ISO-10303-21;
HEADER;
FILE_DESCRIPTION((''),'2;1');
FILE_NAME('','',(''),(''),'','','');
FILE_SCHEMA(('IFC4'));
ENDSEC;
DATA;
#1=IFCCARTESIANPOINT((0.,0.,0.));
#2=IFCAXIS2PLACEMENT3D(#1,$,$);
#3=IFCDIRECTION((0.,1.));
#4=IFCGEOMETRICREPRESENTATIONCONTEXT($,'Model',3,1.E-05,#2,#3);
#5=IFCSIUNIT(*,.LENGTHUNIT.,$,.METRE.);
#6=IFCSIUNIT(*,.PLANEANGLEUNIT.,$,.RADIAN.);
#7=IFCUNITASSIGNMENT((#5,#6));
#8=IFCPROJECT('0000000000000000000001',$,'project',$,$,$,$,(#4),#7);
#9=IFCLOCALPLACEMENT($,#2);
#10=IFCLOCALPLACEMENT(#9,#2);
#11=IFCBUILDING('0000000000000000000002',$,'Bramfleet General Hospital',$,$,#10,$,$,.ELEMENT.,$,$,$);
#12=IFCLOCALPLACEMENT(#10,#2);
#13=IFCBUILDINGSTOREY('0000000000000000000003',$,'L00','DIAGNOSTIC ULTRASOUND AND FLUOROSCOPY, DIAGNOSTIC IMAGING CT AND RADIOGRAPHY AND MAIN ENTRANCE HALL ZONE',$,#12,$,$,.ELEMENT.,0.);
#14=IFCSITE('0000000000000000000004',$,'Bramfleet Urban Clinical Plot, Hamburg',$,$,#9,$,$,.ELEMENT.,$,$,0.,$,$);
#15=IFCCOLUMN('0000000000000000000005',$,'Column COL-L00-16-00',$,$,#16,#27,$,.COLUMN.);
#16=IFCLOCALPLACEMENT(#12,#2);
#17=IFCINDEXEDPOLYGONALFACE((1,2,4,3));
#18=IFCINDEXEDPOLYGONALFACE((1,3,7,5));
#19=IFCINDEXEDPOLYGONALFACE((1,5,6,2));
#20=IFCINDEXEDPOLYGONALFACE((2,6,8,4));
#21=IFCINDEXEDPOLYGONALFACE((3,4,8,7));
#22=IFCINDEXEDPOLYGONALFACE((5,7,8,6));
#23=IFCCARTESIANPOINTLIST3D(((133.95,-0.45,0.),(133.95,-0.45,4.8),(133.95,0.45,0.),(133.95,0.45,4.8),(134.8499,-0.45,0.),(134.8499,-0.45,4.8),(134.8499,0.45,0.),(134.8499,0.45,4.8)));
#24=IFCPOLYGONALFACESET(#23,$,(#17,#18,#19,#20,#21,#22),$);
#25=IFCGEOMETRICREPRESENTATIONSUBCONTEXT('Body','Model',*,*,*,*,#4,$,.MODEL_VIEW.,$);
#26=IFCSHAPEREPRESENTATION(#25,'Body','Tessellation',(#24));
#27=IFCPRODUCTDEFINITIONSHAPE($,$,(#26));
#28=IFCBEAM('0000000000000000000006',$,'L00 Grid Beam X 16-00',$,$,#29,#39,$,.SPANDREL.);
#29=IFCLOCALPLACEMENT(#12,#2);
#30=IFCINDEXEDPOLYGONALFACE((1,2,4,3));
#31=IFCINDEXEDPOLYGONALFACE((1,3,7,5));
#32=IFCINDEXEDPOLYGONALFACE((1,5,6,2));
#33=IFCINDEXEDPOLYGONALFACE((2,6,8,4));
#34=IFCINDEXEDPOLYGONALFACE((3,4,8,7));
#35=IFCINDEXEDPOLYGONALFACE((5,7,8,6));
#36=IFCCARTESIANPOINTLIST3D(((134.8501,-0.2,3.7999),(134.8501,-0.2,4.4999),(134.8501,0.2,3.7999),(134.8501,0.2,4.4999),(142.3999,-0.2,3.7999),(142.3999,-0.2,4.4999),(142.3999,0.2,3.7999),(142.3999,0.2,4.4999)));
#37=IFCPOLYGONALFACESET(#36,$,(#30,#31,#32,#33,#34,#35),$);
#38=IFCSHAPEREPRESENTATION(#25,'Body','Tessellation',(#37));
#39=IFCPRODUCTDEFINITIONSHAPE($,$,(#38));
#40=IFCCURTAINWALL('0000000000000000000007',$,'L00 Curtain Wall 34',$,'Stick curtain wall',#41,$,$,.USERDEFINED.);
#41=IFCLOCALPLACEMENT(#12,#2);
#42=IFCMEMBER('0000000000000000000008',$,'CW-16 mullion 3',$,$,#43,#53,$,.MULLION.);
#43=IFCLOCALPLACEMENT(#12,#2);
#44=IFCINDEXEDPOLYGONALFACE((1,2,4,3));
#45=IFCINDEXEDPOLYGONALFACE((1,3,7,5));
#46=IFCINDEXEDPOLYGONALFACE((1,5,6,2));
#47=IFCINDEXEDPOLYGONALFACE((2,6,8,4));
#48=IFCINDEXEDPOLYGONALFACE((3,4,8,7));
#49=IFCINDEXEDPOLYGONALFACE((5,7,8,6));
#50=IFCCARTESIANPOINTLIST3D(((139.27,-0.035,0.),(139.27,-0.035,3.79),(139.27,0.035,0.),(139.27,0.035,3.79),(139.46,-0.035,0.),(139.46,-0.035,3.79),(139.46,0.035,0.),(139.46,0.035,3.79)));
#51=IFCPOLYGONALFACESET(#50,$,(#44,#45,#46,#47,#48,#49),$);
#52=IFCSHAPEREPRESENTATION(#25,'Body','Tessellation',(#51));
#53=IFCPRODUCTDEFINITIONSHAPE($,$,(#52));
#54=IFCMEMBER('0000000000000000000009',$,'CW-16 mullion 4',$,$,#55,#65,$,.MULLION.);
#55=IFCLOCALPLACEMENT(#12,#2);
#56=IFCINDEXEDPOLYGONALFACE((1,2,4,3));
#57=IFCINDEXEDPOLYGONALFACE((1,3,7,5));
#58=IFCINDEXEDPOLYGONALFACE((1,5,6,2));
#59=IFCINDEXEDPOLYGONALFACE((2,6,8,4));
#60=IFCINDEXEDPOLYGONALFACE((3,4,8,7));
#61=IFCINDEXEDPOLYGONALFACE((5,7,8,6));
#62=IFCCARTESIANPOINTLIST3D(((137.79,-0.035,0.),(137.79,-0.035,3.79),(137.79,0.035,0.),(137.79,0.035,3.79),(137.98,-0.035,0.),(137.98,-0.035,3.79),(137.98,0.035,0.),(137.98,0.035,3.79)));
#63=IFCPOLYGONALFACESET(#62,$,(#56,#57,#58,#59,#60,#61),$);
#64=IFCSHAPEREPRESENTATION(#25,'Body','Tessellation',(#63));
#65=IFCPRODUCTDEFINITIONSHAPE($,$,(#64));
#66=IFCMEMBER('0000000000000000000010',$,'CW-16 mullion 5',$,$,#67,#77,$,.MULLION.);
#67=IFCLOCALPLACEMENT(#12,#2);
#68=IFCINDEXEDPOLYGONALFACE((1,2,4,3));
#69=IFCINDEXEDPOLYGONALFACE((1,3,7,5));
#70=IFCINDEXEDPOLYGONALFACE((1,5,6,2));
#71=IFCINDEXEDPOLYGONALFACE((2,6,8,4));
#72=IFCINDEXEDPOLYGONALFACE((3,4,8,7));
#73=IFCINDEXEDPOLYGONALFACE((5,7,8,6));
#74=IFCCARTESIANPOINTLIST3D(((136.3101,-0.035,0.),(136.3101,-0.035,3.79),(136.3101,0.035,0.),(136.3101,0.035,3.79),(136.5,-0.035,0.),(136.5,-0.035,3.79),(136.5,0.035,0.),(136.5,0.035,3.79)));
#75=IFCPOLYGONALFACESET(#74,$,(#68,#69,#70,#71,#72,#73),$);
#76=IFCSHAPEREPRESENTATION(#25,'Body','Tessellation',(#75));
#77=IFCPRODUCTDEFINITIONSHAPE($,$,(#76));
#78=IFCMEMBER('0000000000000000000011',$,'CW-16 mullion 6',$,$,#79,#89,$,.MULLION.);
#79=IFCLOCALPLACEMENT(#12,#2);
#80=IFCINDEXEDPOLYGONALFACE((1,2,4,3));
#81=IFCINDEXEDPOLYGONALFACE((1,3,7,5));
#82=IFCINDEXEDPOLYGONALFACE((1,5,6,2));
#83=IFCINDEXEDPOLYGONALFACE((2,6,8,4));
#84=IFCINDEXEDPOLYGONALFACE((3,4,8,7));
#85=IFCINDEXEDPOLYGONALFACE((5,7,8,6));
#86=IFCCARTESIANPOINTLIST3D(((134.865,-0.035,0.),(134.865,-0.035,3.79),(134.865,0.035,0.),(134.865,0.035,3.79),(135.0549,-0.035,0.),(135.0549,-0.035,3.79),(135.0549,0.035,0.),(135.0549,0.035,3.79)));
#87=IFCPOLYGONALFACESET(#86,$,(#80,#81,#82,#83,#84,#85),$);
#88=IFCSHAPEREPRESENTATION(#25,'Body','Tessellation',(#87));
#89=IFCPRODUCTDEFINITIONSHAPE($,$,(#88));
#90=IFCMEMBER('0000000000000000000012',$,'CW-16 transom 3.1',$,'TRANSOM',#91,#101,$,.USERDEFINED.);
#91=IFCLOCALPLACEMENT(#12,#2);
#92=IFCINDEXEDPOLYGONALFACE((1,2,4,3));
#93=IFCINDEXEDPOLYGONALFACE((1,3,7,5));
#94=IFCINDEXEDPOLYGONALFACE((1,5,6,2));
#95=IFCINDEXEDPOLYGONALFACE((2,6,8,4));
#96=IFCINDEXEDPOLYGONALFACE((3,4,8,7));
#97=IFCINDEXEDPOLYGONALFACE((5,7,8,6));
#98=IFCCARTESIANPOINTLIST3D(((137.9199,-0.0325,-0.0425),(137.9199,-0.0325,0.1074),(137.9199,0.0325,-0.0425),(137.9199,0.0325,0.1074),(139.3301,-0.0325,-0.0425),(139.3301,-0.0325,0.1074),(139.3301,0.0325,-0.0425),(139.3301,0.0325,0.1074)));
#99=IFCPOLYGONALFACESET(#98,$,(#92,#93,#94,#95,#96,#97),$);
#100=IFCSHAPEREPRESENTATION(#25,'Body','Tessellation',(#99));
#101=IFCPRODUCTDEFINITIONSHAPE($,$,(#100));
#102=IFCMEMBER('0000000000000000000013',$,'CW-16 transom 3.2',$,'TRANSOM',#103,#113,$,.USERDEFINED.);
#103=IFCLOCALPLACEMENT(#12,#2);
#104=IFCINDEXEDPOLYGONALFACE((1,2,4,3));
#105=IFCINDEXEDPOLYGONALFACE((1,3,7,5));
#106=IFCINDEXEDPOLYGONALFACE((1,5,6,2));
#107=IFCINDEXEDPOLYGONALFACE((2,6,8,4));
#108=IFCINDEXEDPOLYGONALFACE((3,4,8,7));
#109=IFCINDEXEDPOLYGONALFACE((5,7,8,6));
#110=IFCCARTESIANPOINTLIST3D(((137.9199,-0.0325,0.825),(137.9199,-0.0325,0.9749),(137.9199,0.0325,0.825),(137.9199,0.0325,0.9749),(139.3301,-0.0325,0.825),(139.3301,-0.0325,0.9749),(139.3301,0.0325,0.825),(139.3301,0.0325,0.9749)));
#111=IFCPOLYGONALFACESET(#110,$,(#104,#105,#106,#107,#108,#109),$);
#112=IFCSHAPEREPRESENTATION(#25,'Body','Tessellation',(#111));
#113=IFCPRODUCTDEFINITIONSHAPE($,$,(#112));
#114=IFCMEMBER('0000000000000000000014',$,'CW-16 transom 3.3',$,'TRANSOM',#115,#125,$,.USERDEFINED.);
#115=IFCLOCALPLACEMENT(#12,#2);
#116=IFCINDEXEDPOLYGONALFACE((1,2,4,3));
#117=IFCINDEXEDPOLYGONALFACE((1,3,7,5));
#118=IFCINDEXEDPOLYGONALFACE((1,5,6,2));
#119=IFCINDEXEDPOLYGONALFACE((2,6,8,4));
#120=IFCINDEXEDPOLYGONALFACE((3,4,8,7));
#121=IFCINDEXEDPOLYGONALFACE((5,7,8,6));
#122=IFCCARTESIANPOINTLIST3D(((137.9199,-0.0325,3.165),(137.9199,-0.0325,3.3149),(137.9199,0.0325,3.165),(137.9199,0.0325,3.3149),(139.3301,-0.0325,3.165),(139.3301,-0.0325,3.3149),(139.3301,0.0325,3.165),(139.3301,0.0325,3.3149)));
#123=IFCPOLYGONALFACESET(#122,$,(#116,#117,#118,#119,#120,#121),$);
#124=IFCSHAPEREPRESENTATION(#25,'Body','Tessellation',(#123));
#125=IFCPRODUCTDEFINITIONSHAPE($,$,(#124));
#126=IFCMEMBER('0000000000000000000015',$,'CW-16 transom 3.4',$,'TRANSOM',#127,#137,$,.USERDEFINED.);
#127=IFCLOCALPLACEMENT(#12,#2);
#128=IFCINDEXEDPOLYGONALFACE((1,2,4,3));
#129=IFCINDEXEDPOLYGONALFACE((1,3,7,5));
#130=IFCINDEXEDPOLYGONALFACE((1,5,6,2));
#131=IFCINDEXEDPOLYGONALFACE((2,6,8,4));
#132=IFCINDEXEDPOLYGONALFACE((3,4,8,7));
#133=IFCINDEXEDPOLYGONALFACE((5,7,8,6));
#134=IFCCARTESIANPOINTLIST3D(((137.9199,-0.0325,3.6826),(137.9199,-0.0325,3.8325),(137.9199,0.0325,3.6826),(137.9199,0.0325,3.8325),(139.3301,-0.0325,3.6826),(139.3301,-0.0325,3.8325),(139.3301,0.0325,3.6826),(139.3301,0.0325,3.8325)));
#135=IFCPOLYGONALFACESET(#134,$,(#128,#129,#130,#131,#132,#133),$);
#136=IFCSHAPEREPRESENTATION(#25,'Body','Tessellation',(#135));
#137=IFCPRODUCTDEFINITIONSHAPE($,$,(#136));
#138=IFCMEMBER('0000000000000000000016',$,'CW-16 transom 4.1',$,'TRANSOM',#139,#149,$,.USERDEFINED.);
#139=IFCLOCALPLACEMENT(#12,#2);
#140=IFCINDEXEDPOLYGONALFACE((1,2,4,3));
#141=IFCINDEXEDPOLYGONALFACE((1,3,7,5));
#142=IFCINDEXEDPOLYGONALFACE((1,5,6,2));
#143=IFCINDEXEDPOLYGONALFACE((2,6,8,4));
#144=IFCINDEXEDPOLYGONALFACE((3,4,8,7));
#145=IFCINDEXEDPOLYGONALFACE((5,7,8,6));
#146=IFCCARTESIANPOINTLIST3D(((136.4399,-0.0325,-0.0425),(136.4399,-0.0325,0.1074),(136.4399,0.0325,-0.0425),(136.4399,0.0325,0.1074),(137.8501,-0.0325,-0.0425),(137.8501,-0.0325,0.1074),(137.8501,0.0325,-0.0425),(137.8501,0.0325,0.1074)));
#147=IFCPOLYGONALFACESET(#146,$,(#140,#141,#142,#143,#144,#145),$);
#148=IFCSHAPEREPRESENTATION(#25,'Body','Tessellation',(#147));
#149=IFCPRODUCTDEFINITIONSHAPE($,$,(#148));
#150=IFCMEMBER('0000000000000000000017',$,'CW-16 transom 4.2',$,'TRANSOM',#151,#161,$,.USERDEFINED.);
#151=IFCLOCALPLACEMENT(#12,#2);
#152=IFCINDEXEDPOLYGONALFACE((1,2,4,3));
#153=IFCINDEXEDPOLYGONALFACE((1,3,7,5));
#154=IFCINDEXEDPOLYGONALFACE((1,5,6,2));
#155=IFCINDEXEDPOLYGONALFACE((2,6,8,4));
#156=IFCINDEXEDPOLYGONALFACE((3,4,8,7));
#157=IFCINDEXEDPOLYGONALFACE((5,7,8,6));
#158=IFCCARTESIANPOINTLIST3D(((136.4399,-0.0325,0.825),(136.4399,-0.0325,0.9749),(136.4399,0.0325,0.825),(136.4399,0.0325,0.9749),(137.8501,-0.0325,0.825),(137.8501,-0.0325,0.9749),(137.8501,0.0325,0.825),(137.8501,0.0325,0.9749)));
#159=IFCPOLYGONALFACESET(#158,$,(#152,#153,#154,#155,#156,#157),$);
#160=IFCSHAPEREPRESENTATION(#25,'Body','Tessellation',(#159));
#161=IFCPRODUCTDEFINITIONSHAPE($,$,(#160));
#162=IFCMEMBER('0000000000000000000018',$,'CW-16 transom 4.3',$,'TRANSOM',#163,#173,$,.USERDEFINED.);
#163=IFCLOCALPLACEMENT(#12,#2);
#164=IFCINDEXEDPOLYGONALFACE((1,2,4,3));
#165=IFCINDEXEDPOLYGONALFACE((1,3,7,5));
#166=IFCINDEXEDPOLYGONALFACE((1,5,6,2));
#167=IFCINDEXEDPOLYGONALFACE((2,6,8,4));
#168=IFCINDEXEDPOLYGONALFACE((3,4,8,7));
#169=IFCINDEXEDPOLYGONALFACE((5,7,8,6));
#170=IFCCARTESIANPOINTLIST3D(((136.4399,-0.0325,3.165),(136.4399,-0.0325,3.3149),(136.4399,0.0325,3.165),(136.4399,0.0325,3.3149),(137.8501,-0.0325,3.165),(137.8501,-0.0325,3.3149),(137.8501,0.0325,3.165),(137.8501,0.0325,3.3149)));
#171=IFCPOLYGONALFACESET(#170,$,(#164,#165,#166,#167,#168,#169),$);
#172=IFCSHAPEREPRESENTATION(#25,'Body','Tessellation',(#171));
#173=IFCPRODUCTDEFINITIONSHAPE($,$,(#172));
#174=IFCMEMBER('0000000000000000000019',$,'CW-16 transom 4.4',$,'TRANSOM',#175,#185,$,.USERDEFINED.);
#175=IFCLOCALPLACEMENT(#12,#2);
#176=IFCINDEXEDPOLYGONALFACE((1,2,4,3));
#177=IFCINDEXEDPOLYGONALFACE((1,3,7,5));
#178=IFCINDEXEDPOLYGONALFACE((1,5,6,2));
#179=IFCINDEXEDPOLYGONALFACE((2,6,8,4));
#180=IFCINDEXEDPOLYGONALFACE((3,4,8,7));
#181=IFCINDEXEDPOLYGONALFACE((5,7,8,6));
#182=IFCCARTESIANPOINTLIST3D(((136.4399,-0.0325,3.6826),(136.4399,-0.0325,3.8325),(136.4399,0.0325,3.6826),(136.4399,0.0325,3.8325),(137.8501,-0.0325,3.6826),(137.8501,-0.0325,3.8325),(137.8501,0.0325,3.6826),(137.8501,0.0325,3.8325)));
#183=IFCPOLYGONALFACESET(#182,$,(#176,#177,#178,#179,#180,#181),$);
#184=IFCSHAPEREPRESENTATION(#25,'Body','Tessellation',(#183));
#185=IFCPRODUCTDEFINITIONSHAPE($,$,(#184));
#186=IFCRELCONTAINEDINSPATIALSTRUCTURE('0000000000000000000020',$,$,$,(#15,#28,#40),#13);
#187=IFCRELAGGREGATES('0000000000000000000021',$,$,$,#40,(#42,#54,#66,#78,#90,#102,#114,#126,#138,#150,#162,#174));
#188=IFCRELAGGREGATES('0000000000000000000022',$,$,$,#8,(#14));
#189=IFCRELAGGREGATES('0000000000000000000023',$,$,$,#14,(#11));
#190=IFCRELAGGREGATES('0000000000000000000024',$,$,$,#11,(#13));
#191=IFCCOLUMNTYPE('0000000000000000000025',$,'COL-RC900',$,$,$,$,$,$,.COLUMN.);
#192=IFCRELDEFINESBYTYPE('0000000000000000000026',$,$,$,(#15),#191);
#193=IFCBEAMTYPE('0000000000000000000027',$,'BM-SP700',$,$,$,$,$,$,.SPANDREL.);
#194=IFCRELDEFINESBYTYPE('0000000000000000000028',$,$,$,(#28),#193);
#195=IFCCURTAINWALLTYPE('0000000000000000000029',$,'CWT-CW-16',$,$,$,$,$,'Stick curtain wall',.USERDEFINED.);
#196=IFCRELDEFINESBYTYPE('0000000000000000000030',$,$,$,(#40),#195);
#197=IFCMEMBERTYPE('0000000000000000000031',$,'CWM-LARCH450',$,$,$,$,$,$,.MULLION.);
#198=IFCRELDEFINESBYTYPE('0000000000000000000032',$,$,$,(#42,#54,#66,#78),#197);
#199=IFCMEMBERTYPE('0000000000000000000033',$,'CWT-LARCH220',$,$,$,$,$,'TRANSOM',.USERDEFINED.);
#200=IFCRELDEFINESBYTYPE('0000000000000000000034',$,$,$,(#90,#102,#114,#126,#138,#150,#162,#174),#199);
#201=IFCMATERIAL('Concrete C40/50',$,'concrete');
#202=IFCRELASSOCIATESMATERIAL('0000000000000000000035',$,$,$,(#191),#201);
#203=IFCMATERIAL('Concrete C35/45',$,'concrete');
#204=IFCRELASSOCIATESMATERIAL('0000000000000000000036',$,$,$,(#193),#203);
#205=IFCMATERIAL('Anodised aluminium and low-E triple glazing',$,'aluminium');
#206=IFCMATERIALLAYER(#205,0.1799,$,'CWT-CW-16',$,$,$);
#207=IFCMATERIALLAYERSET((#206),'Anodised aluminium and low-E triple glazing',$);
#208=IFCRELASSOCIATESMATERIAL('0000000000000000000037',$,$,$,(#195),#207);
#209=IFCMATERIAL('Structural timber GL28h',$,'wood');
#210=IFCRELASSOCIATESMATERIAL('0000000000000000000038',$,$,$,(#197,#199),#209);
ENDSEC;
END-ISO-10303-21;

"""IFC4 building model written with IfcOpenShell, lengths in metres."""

from ifc_helpers import new_model, si_unit, direction, frame, origin, origin_2d, place, context, subcontext, project, spatial, rectangle, extrude, material, layer, layer_set, material_profile, profile_set, type_object, element, aggregate, save


model = new_model("IFC4")

# Units and contexts
model_context = context("Model", 3, precision=1e-05, world=origin(), true_north=direction((0.0, 1.0)))
body_context = subcontext(model_context, "Body", "Model", "MODEL_VIEW")
ifc_project = project(units=[si_unit("LENGTHUNIT", "METRE"), si_unit("PLANEANGLEUNIT", "RADIAN")], contexts=[model_context])

# Site, building, storey
site_placement = place(None, origin())
site = spatial("IfcSite", under=ifc_project, at=site_placement, Name="Bramfleet Urban Clinical Plot, Hamburg", CompositionType="ELEMENT", RefElevation=0.0)
building_placement = place(site_placement, origin())
building = spatial("IfcBuilding", under=site, at=building_placement, Name="Bramfleet General Hospital", CompositionType="ELEMENT")
storey_placement = place(building_placement, origin())
storey = spatial("IfcBuildingStorey", under=building, at=storey_placement, Name="L00", Description="DIAGNOSTIC ULTRASOUND AND FLUOROSCOPY, DIAGNOSTIC IMAGING CT AND RADIOGRAPHY AND MAIN ENTRANCE HALL ZONE", CompositionType="ELEMENT", Elevation=0.0)

# Column
ifc_material_1 = material(Name="Concrete C40/50", Category="concrete")
ifc_material_profile_1 = material_profile(ifc_material_1, rectangle(XDim=0.8999, YDim=0.8999, at=origin_2d()), Name="RC COL 900x900")
ifc_profile_set_1 = profile_set([ifc_material_profile_1], Name="Concrete C40/50")
column_type = type_object("IfcColumnType", Name="COL-RC900", PredefinedType="COLUMN", material=ifc_profile_set_1)
column_placement = place(storey_placement, frame((134.3999, 0.0, 0.0), z_axis=(0.0, 0.0, 1.0), x_axis=(1.0, 0.0, 0.0)))
element("IfcColumn", 1, at=column_placement, inside=storey, type_object=column_type, Name="Column COL-L00-16-00", PredefinedType="COLUMN", context=body_context, shape_type="SweptSolid", body=[
    extrude(rectangle(XDim=0.8999, YDim=0.8999, at=origin_2d()), origin(), (0.0, 0.0, 1.0), 4.8),
])

# Beam
ifc_material_2 = material(Name="Concrete C35/45", Category="concrete")
ifc_material_profile_2 = material_profile(ifc_material_2, rectangle(XDim=0.3999, YDim=0.7, at=origin_2d()), Name="RC SP 700x400")
ifc_profile_set_2 = profile_set([ifc_material_profile_2], Name="Concrete C35/45")
beam_type = type_object("IfcBeamType", Name="BM-SP700", PredefinedType="SPANDREL", material=ifc_profile_set_2)
beam_placement = place(storey_placement, frame((134.8501, 0.0, 4.1499), z_axis=(1.0, 0.0, 0.0), x_axis=(0.0, 1.0, 0.0)))
element("IfcBeam", 2, at=beam_placement, inside=storey, type_object=beam_type, Name="L00 Grid Beam X 16-00", PredefinedType="SPANDREL", context=body_context, shape_type="SweptSolid", body=[
    extrude(rectangle(XDim=0.3999, YDim=0.7, at=origin_2d()), origin(), (0.0, 0.0, 1.0), 7.5498),
])

# Curtain wall, members
ifc_material_3 = material(Name="Anodised aluminium and low-E triple glazing", Category="aluminium")
ifc_layer_1 = layer(ifc_material_3, 0.1799, Name="CWT-CW-16")
ifc_layer_set_1 = layer_set([ifc_layer_1], Name="Anodised aluminium and low-E triple glazing")
curtain_wall_type = type_object("IfcCurtainWallType", Name="CWT-CW-16", ElementType="Stick curtain wall", PredefinedType="USERDEFINED", material=ifc_layer_set_1)
curtain_wall_placement = place(storey_placement, origin())
curtain_wall = element("IfcCurtainWall", 3, at=curtain_wall_placement, inside=storey, type_object=curtain_wall_type, Name="L00 Curtain Wall 34", ObjectType="Stick curtain wall", PredefinedType="USERDEFINED")
ifc_material_4 = material(Name="Structural timber GL28h", Category="wood")
ifc_material_profile_3 = material_profile(ifc_material_4, rectangle(XDim=0.0701, YDim=0.1899, at=origin_2d()), Name="LARCH 190x70")
ifc_profile_set_3 = profile_set([ifc_material_profile_3], Name="Structural timber GL28h")
member_type_1 = type_object("IfcMemberType", Name="CWM-LARCH450", PredefinedType="MULLION", material=ifc_profile_set_3)
member_1_placement = place(storey_placement, frame((139.365, 0.0, 0.0), z_axis=(0.0, 0.0, 1.0), x_axis=(0.0, -1.0, 0.0)))
member_1 = element("IfcMember", 4, at=member_1_placement, type_object=member_type_1, Name="CW-16 mullion 3", PredefinedType="MULLION", context=body_context, shape_type="SweptSolid", body=[
    extrude(rectangle(XDim=0.0701, YDim=0.1899, at=origin_2d()), origin(), (0.0, 0.0, 1.0), 3.79),
])
member_2_placement = place(storey_placement, frame((137.885, 0.0, 0.0), z_axis=(0.0, 0.0, 1.0), x_axis=(0.0, -1.0, 0.0)))
member_2 = element("IfcMember", 5, at=member_2_placement, type_object=member_type_1, Name="CW-16 mullion 4", PredefinedType="MULLION", context=body_context, shape_type="SweptSolid", body=[
    extrude(rectangle(XDim=0.0701, YDim=0.1899, at=origin_2d()), origin(), (0.0, 0.0, 1.0), 3.79),
])
member_3_placement = place(storey_placement, frame((136.405, 0.0, 0.0), z_axis=(0.0, 0.0, 1.0), x_axis=(0.0, -1.0, 0.0)))
member_3 = element("IfcMember", 6, at=member_3_placement, type_object=member_type_1, Name="CW-16 mullion 5", PredefinedType="MULLION", context=body_context, shape_type="SweptSolid", body=[
    extrude(rectangle(XDim=0.0701, YDim=0.1899, at=origin_2d()), origin(), (0.0, 0.0, 1.0), 3.79),
])
member_4_placement = place(storey_placement, frame((134.96, 0.0, 0.0), z_axis=(0.0, 0.0, 1.0), x_axis=(0.0, -1.0, 0.0)))
member_4 = element("IfcMember", 7, at=member_4_placement, type_object=member_type_1, Name="CW-16 mullion 6", PredefinedType="MULLION", context=body_context, shape_type="SweptSolid", body=[
    extrude(rectangle(XDim=0.0701, YDim=0.1899, at=origin_2d()), origin(), (0.0, 0.0, 1.0), 3.79),
])
ifc_material_profile_4 = material_profile(ifc_material_4, rectangle(XDim=0.0649, YDim=0.1499, at=origin_2d()), Name="LARCH 150x65")
ifc_profile_set_4 = profile_set([ifc_material_profile_4], Name="Structural timber GL28h")
member_type_2 = type_object("IfcMemberType", Name="CWT-LARCH220", ElementType="TRANSOM", PredefinedType="USERDEFINED", material=ifc_profile_set_4)
member_5_placement = place(storey_placement, frame((139.3301, 0.0, 0.0325), z_axis=(-1.0, 0.0, 0.0), x_axis=(0.0, -1.0, 0.0)))
member_5 = element("IfcMember", 8, at=member_5_placement, type_object=member_type_2, Name="CW-16 transom 3.1", ObjectType="TRANSOM", PredefinedType="USERDEFINED", context=body_context, shape_type="SweptSolid", body=[
    extrude(rectangle(XDim=0.0649, YDim=0.1499, at=origin_2d()), origin(), (0.0, 0.0, 1.0), 1.4102),
])
member_6_placement = place(storey_placement, frame((139.3301, 0.0, 0.8999), z_axis=(-1.0, 0.0, 0.0), x_axis=(0.0, -1.0, 0.0)))
member_6 = element("IfcMember", 9, at=member_6_placement, type_object=member_type_2, Name="CW-16 transom 3.2", ObjectType="TRANSOM", PredefinedType="USERDEFINED", context=body_context, shape_type="SweptSolid", body=[
    extrude(rectangle(XDim=0.0649, YDim=0.1499, at=origin_2d()), origin(), (0.0, 0.0, 1.0), 1.4102),
])
member_7_placement = place(storey_placement, frame((139.3301, 0.0, 3.24), z_axis=(-1.0, 0.0, 0.0), x_axis=(0.0, -1.0, 0.0)))
member_7 = element("IfcMember", 10, at=member_7_placement, type_object=member_type_2, Name="CW-16 transom 3.3", ObjectType="TRANSOM", PredefinedType="USERDEFINED", context=body_context, shape_type="SweptSolid", body=[
    extrude(rectangle(XDim=0.0649, YDim=0.1499, at=origin_2d()), origin(), (0.0, 0.0, 1.0), 1.4102),
])
member_8_placement = place(storey_placement, frame((139.3301, 0.0, 3.7576), z_axis=(-1.0, 0.0, 0.0), x_axis=(0.0, -1.0, 0.0)))
member_8 = element("IfcMember", 11, at=member_8_placement, type_object=member_type_2, Name="CW-16 transom 3.4", ObjectType="TRANSOM", PredefinedType="USERDEFINED", context=body_context, shape_type="SweptSolid", body=[
    extrude(rectangle(XDim=0.0649, YDim=0.1499, at=origin_2d()), origin(), (0.0, 0.0, 1.0), 1.4102),
])
member_9_placement = place(storey_placement, frame((137.8501, 0.0, 0.0325), z_axis=(-1.0, 0.0, 0.0), x_axis=(0.0, -1.0, 0.0)))
member_9 = element("IfcMember", 12, at=member_9_placement, type_object=member_type_2, Name="CW-16 transom 4.1", ObjectType="TRANSOM", PredefinedType="USERDEFINED", context=body_context, shape_type="SweptSolid", body=[
    extrude(rectangle(XDim=0.0649, YDim=0.1499, at=origin_2d()), origin(), (0.0, 0.0, 1.0), 1.4102),
])
member_10_placement = place(storey_placement, frame((137.8501, 0.0, 0.8999), z_axis=(-1.0, 0.0, 0.0), x_axis=(0.0, -1.0, 0.0)))
member_10 = element("IfcMember", 13, at=member_10_placement, type_object=member_type_2, Name="CW-16 transom 4.2", ObjectType="TRANSOM", PredefinedType="USERDEFINED", context=body_context, shape_type="SweptSolid", body=[
    extrude(rectangle(XDim=0.0649, YDim=0.1499, at=origin_2d()), origin(), (0.0, 0.0, 1.0), 1.4102),
])
member_11_placement = place(storey_placement, frame((137.8501, 0.0, 3.24), z_axis=(-1.0, 0.0, 0.0), x_axis=(0.0, -1.0, 0.0)))
member_11 = element("IfcMember", 14, at=member_11_placement, type_object=member_type_2, Name="CW-16 transom 4.3", ObjectType="TRANSOM", PredefinedType="USERDEFINED", context=body_context, shape_type="SweptSolid", body=[
    extrude(rectangle(XDim=0.0649, YDim=0.1499, at=origin_2d()), origin(), (0.0, 0.0, 1.0), 1.4102),
])
member_12_placement = place(storey_placement, frame((137.8501, 0.0, 3.7576), z_axis=(-1.0, 0.0, 0.0), x_axis=(0.0, -1.0, 0.0)))
member_12 = element("IfcMember", 15, at=member_12_placement, type_object=member_type_2, Name="CW-16 transom 4.4", ObjectType="TRANSOM", PredefinedType="USERDEFINED", context=body_context, shape_type="SweptSolid", body=[
    extrude(rectangle(XDim=0.0649, YDim=0.1499, at=origin_2d()), origin(), (0.0, 0.0, 1.0), 1.4102),
])
aggregate(curtain_wall, [member_1, member_2, member_3, member_4, member_5, member_6, member_7, member_8, member_9, member_10, member_11, member_12])

save(model, "model.ifc")
